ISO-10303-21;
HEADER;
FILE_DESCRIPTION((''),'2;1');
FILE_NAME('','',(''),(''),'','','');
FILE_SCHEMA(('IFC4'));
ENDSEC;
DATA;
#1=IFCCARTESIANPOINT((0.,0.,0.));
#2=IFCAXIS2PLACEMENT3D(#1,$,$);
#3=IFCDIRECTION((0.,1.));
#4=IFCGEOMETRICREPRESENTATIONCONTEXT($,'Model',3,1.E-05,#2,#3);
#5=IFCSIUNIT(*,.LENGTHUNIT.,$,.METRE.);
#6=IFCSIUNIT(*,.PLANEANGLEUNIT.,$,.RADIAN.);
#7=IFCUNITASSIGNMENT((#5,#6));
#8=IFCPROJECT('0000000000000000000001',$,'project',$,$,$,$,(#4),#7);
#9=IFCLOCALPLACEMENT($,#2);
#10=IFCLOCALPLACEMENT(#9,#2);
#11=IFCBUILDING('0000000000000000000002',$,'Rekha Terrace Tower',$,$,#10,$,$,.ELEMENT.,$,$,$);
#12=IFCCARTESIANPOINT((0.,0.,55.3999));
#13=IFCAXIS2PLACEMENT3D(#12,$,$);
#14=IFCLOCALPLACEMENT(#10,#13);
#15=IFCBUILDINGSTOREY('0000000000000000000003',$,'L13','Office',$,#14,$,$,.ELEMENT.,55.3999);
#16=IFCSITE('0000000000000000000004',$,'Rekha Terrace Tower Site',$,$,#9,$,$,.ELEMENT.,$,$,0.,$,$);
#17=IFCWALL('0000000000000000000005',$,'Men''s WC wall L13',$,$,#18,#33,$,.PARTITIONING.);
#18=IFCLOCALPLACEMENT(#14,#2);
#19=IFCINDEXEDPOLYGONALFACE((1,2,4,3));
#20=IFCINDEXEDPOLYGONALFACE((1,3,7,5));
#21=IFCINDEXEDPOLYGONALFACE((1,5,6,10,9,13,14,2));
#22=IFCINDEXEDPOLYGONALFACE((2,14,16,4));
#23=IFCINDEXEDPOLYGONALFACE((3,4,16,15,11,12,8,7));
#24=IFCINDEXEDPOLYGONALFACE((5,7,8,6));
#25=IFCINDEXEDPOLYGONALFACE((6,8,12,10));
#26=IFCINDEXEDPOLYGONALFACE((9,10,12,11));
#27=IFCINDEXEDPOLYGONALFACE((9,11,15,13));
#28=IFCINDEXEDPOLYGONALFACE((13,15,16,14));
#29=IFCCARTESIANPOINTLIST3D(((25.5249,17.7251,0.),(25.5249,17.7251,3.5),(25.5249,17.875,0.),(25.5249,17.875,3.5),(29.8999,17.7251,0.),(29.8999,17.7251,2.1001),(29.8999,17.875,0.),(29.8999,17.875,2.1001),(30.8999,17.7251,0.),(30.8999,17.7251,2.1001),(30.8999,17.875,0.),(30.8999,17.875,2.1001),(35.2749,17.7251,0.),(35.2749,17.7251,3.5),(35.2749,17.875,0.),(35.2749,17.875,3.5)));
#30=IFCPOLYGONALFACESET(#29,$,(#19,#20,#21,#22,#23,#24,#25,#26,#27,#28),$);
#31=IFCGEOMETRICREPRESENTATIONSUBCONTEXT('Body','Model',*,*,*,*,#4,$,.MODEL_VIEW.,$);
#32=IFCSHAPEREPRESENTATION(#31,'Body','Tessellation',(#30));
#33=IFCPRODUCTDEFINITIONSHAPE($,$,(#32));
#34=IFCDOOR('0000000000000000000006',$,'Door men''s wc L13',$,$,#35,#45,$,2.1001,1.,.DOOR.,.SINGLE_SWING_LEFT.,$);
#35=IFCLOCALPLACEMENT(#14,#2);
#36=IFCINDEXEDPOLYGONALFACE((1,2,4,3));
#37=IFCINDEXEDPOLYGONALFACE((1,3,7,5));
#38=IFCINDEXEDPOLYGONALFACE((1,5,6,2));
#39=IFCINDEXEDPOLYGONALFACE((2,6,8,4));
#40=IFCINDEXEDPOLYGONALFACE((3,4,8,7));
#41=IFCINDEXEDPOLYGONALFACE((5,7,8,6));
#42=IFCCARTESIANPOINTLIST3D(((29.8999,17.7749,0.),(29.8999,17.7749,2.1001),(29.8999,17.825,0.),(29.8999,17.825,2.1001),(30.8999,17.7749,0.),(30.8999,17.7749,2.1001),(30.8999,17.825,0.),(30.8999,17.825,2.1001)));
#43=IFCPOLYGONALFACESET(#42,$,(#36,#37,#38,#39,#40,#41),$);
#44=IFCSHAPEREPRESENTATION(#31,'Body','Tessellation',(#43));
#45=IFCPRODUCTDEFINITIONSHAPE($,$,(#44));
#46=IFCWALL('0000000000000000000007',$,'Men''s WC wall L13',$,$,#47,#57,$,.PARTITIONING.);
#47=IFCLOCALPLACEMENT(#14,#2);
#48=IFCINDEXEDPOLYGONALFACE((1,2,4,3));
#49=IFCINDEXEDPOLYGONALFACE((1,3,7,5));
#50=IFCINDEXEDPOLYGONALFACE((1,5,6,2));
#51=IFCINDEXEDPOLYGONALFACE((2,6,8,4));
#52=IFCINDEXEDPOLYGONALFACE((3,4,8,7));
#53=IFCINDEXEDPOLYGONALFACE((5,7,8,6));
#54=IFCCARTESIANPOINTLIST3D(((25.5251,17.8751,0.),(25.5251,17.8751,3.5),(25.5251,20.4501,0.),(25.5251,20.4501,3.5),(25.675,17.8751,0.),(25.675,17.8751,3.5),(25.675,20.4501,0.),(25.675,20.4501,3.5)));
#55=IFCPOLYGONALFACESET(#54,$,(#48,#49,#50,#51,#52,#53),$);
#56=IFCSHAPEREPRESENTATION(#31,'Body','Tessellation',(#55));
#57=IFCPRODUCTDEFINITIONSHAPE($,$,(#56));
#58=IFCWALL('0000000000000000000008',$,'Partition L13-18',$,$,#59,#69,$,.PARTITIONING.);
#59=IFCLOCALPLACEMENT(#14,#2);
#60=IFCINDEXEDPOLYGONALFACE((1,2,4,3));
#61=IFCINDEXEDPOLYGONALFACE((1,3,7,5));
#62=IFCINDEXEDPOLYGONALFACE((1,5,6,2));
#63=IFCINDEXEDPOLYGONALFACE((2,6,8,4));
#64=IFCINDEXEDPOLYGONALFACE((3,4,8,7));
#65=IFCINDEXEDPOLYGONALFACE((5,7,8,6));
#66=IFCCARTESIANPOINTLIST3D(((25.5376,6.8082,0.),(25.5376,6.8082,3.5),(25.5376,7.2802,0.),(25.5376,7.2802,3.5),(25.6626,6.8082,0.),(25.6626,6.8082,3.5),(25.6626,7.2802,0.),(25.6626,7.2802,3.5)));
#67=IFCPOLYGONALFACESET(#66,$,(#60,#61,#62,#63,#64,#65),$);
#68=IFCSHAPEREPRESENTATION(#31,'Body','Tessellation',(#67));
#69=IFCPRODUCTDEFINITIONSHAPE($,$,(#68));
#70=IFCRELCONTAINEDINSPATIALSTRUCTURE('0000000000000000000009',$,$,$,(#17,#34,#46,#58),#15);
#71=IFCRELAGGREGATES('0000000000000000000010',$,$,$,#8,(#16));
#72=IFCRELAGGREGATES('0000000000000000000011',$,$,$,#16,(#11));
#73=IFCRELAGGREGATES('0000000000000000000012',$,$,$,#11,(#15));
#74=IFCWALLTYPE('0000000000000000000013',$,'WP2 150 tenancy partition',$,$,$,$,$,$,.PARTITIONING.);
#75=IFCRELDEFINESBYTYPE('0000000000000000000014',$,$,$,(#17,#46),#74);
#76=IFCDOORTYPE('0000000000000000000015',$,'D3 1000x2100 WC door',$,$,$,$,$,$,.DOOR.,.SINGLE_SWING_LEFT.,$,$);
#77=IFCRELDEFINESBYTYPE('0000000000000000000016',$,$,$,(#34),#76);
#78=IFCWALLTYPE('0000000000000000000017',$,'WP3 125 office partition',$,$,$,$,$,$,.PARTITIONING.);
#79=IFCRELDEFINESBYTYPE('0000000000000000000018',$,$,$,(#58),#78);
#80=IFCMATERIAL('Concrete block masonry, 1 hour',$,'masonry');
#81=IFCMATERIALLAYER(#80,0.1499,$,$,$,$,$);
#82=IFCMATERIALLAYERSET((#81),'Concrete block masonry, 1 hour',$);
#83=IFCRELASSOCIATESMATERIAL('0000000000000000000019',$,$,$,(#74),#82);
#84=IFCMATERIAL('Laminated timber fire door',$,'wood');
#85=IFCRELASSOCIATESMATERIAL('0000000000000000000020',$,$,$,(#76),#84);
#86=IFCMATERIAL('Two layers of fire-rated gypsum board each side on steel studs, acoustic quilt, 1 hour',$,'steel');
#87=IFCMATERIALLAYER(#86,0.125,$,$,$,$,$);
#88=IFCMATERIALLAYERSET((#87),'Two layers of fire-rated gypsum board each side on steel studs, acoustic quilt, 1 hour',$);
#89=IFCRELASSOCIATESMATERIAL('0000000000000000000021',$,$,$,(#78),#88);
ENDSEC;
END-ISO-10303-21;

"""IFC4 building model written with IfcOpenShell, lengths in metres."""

from ifc_helpers import new_model, si_unit, direction, frame, frame_2d, origin, place, context, subcontext, project, spatial, rectangle, extrude, material, layer, layer_set, type_object, element, fill, save


model = new_model("IFC4")

# Units and contexts
model_context = context("Model", 3, precision=1e-05, world=origin(), true_north=direction((0.0, 1.0)))
body_context = subcontext(model_context, "Body", "Model", "MODEL_VIEW")
ifc_project = project(units=[si_unit("LENGTHUNIT", "METRE"), si_unit("PLANEANGLEUNIT", "RADIAN")], contexts=[model_context])

# Site, building, storey
site_placement = place(None, origin())
site = spatial("IfcSite", under=ifc_project, at=site_placement, Name="Rekha Terrace Tower Site", CompositionType="ELEMENT", RefElevation=0.0)
building_placement = place(site_placement, origin())
building = spatial("IfcBuilding", under=site, at=building_placement, Name="Rekha Terrace Tower", CompositionType="ELEMENT")
storey_placement = place(building_placement, frame((0.0, 0.0, 55.3999)))
storey = spatial("IfcBuildingStorey", under=building, at=storey_placement, Name="L13", Description="Office", CompositionType="ELEMENT", Elevation=55.3999)

# Wall, opening, door
ifc_material_1 = material(Name="Concrete block masonry, 1 hour", Category="masonry")
ifc_layer_1 = layer(ifc_material_1, 0.1499)
ifc_layer_set_1 = layer_set([ifc_layer_1], Name="Concrete block masonry, 1 hour")
wall_type_1 = type_object("IfcWallType", Name="WP2 150 tenancy partition", PredefinedType="PARTITIONING", material=ifc_layer_set_1)
wall_1_placement = place(storey_placement, frame((25.5249, 17.8, 0.0), z_axis=(0.0, 0.0, 1.0), x_axis=(1.0, 0.0, 0.0)))
wall_1 = element("IfcWall", 1, at=wall_1_placement, inside=storey, type_object=wall_type_1, Name="Men's WC wall L13", PredefinedType="PARTITIONING", context=body_context, shape_type="SweptSolid", body=[
    extrude(rectangle(XDim=9.75, YDim=0.1499, at=frame_2d((4.875, 0.0))), origin(), (0.0, 0.0, 1.0), 3.5),
])
opening_placement = place(wall_1_placement, frame((4.375, 0.0, 0.0)))
opening = element("IfcOpeningElement", 2, at=opening_placement, cuts=wall_1, PredefinedType="OPENING", context=body_context, shape_type="SweptSolid", body=[
    extrude(rectangle(XDim=1.0, YDim=2.1001, at=frame_2d((0.5, 1.05))), frame((0.0, 0.085, 0.0), z_axis=(0.0, -1.0, 0.0), x_axis=(1.0, 0.0, 0.0)), (0.0, 0.0, 1.0), 0.1699),
])
ifc_material_2 = material(Name="Laminated timber fire door", Category="wood")
door_type = type_object("IfcDoorType", Name="D3 1000x2100 WC door", OperationType="SINGLE_SWING_LEFT", PredefinedType="DOOR", material=ifc_material_2)
door_placement = place(opening_placement, origin())
door = element("IfcDoor", 3, at=door_placement, inside=storey, type_object=door_type, Name="Door men's wc L13", OperationType="SINGLE_SWING_LEFT", OverallHeight=2.1001, OverallWidth=1.0, PredefinedType="DOOR", context=body_context, shape_type="SweptSolid", body=[
    extrude(rectangle(XDim=1.0, YDim=2.1001, at=frame_2d((0.5, 1.05))), frame((0.0, 0.0249, 0.0), z_axis=(0.0, -1.0, 0.0), x_axis=(1.0, 0.0, 0.0)), (0.0, 0.0, 1.0), 0.05),
])
fill(opening, door)

# Walls
wall_2_placement = place(storey_placement, frame((25.6001, 17.875, 0.0), z_axis=(0.0, 0.0, 1.0), x_axis=(0.0, 1.0, 0.0)))
element("IfcWall", 4, at=wall_2_placement, inside=storey, type_object=wall_type_1, Name="Men's WC wall L13", PredefinedType="PARTITIONING", context=body_context, shape_type="SweptSolid", body=[
    extrude(rectangle(XDim=2.575, YDim=0.1499, at=frame_2d((1.2876, 0.0))), origin(), (0.0, 0.0, 1.0), 3.5),
])
ifc_material_3 = material(Name="Two layers of fire-rated gypsum board each side on steel studs, acoustic quilt, 1 hour", Category="steel")
ifc_layer_2 = layer(ifc_material_3, 0.125)
ifc_layer_set_2 = layer_set([ifc_layer_2], Name="Two layers of fire-rated gypsum board each side on steel studs, acoustic quilt, 1 hour")
wall_type_2 = type_object("IfcWallType", Name="WP3 125 office partition", PredefinedType="PARTITIONING", material=ifc_layer_set_2)
wall_3_placement = place(storey_placement, frame((25.6001, 7.28, 0.0), z_axis=(0.0, 0.0, 1.0), x_axis=(0.0, -1.0, 0.0)))
element("IfcWall", 5, at=wall_3_placement, inside=storey, type_object=wall_type_2, Name="Partition L13-18", PredefinedType="PARTITIONING", context=body_context, shape_type="SweptSolid", body=[
    extrude(rectangle(XDim=0.4719, YDim=0.125, at=frame_2d((0.2358, 0.0))), origin(), (0.0, 0.0, 1.0), 3.5),
])

save(model, "model.ifc")
